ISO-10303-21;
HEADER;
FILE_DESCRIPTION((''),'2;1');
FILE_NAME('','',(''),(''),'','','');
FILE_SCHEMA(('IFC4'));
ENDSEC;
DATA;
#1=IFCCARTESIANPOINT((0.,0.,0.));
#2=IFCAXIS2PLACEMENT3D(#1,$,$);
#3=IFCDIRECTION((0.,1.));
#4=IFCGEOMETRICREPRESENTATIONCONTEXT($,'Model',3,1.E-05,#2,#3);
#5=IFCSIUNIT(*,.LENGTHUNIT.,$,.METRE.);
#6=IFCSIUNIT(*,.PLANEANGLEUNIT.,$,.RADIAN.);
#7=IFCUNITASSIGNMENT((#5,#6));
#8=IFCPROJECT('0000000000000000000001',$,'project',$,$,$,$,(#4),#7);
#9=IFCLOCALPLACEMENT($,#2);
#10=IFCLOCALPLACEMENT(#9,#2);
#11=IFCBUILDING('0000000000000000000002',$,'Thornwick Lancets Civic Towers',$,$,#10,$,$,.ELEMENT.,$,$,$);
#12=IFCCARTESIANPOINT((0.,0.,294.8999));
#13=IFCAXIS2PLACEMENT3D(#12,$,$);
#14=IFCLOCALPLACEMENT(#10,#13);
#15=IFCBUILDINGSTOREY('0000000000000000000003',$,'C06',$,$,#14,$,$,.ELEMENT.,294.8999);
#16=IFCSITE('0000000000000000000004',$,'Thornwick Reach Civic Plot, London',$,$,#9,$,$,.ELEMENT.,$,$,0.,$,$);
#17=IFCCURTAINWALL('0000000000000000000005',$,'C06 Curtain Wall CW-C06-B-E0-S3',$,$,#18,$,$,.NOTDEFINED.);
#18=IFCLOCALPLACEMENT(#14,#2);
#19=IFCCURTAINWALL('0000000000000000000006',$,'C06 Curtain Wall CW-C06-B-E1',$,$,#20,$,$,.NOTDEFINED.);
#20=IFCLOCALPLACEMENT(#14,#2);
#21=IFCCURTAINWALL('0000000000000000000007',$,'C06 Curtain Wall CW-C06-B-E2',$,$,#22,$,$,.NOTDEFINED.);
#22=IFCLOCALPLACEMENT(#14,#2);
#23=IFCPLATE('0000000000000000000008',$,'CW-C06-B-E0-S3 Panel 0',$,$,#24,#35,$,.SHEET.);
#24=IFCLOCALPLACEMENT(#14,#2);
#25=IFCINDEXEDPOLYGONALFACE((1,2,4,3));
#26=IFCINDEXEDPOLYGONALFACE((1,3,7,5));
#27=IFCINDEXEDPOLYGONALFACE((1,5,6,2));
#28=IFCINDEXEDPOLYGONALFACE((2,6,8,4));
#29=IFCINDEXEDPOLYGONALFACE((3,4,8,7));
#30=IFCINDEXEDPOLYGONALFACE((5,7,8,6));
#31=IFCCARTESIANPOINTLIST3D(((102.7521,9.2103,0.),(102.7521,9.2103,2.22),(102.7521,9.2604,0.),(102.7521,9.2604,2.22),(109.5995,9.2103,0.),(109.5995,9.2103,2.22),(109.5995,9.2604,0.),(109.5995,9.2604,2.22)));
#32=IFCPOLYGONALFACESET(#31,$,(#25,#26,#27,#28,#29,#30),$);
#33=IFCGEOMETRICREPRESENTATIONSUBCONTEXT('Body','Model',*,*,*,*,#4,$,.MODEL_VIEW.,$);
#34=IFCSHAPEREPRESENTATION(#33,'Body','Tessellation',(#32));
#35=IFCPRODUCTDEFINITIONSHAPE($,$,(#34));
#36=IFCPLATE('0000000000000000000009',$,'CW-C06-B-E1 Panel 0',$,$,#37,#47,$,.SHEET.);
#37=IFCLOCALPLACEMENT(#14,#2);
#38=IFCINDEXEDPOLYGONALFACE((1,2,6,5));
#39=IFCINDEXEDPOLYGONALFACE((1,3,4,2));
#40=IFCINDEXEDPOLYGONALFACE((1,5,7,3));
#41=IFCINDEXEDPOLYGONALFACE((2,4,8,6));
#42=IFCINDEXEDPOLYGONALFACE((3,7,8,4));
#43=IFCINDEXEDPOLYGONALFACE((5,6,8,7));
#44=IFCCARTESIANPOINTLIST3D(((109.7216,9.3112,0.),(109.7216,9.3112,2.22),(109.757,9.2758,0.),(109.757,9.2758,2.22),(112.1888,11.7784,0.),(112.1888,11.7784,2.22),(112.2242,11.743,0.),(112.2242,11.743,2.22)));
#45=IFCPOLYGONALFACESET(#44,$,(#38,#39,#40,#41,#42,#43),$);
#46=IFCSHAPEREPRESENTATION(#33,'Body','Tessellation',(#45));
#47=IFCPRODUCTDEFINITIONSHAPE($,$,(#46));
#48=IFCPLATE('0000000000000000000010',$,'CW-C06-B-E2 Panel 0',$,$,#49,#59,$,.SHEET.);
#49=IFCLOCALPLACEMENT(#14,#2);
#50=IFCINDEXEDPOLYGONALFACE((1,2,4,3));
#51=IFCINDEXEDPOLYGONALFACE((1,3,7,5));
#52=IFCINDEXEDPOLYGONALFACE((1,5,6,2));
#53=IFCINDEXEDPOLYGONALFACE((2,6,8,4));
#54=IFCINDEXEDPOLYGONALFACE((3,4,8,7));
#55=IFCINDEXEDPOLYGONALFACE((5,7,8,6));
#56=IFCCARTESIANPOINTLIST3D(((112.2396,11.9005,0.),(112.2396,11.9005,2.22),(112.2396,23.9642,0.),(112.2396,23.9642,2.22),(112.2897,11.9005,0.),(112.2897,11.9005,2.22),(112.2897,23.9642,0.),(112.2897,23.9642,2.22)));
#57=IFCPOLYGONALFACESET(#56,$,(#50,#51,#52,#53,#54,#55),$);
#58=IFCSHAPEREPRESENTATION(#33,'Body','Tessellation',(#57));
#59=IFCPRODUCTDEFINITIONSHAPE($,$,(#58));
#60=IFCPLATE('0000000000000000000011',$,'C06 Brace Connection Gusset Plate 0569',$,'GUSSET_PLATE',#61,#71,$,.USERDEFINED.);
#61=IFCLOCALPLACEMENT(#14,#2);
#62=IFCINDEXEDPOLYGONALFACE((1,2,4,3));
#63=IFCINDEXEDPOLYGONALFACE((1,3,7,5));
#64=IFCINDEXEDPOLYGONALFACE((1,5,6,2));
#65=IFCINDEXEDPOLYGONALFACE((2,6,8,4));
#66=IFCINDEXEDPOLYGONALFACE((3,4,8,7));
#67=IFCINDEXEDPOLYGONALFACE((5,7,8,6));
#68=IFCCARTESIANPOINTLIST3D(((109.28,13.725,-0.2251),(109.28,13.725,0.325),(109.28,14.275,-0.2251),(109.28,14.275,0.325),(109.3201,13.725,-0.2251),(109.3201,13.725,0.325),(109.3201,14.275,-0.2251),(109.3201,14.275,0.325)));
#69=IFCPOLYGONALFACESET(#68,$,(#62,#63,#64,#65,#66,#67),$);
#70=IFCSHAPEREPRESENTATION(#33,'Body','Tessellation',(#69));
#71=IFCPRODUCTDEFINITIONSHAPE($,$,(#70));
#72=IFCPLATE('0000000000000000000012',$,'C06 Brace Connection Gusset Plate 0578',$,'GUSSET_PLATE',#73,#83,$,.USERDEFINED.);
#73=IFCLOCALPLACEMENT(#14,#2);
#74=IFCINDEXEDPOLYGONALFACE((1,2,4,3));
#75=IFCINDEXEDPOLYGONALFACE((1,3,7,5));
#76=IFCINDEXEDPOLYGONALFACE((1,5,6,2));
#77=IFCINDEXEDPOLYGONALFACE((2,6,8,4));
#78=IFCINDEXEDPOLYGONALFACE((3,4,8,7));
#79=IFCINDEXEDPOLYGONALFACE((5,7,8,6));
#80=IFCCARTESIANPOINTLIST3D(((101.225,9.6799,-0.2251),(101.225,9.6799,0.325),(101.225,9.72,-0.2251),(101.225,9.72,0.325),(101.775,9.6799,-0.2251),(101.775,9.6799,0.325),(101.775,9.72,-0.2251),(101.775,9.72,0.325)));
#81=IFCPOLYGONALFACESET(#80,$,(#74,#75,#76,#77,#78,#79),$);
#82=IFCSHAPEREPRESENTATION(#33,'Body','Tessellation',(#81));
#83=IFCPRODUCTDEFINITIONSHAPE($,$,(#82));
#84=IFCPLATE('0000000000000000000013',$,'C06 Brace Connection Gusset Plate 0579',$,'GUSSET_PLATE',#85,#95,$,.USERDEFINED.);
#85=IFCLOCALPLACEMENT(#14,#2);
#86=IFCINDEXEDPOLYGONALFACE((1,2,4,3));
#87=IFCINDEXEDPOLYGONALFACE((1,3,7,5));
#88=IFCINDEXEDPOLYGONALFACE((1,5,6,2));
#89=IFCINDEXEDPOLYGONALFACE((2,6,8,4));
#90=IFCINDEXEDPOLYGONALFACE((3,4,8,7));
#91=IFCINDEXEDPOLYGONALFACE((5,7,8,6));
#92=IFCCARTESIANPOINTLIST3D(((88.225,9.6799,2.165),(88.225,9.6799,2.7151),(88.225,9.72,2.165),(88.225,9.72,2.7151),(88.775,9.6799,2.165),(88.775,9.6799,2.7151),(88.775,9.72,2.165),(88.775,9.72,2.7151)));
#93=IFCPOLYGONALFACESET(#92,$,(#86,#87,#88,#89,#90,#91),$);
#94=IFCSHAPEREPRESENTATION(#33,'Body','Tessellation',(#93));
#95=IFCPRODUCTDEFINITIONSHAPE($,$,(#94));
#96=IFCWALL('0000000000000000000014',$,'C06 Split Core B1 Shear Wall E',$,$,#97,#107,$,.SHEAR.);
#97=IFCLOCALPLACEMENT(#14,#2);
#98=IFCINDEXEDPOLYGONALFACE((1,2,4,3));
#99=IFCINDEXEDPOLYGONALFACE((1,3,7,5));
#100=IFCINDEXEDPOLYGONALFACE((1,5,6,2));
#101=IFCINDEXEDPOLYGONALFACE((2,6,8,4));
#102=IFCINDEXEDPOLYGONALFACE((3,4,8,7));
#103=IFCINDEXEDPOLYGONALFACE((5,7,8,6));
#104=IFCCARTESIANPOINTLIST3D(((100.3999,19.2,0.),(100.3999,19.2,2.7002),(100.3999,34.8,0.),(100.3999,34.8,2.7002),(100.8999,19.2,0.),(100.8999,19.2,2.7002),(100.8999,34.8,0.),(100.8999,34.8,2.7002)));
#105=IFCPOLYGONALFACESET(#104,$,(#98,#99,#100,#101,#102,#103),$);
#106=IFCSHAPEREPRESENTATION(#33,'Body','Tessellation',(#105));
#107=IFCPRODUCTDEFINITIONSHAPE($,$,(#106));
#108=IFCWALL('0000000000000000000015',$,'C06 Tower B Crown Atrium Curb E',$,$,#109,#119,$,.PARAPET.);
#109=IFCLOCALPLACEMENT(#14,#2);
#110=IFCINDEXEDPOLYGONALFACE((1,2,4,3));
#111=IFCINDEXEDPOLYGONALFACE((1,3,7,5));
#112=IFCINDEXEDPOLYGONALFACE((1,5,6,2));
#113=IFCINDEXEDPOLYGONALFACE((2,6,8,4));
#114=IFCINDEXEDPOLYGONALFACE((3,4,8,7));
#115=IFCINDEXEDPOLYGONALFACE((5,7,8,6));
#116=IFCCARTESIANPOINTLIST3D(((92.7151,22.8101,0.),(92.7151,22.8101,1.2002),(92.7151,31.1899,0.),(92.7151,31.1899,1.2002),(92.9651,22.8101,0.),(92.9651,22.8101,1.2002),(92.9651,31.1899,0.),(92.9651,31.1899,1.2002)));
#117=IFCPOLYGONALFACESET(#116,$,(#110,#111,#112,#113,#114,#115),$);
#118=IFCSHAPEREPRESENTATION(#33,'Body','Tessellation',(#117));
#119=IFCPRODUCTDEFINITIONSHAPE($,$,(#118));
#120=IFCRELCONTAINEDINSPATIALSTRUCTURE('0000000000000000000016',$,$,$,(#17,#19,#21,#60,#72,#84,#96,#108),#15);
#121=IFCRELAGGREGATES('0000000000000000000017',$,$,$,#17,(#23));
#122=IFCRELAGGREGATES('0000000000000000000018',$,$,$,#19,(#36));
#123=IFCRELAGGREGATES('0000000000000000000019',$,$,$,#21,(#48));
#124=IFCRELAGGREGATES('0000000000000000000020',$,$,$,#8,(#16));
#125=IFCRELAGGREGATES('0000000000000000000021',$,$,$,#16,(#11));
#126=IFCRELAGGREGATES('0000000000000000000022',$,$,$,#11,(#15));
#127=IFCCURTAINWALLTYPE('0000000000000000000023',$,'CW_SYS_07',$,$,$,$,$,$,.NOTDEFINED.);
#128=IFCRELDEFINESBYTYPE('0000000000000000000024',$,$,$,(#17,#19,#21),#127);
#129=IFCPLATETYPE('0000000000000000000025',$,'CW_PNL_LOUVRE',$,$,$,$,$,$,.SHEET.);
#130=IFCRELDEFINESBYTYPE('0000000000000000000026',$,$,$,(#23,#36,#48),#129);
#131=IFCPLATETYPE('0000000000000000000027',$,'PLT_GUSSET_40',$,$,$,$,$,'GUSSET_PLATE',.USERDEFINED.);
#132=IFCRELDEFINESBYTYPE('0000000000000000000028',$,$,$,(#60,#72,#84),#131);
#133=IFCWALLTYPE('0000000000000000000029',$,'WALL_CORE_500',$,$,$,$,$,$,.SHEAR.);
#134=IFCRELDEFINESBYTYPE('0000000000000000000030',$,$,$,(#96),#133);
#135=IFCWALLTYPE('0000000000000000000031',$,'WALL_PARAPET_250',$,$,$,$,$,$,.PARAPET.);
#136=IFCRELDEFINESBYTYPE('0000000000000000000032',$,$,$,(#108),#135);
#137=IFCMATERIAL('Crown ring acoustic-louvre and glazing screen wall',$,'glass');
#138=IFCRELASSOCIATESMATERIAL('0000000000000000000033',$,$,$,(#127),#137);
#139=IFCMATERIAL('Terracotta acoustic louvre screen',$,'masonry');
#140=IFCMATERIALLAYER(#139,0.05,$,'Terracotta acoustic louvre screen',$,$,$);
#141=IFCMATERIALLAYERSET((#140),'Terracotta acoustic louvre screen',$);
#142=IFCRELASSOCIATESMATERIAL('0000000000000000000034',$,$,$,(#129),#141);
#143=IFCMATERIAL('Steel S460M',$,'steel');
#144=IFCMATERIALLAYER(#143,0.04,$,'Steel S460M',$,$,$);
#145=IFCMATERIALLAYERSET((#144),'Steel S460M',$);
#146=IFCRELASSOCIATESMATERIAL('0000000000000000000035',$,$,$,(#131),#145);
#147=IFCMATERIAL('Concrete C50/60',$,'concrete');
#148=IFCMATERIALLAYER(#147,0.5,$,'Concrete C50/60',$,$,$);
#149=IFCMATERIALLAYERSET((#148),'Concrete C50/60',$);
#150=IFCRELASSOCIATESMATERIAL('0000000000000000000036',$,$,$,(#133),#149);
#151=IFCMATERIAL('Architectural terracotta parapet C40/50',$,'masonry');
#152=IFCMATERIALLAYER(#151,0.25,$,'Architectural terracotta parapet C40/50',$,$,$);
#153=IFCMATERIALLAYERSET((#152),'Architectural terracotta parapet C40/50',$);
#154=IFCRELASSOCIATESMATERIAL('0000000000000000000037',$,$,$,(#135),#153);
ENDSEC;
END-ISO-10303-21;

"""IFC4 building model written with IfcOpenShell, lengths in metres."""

from ifc_helpers import new_model, si_unit, direction, frame, frame_2d, origin, origin_2d, place, context, subcontext, project, spatial, rectangle, extrude, material, layer, layer_set, type_object, element, aggregate, save


model = new_model("IFC4")

# Units and contexts
model_context = context("Model", 3, precision=1e-05, world=origin(), true_north=direction((0.0, 1.0)))
body_context = subcontext(model_context, "Body", "Model", "MODEL_VIEW")
ifc_project = project(units=[si_unit("LENGTHUNIT", "METRE"), si_unit("PLANEANGLEUNIT", "RADIAN")], contexts=[model_context])

# Site, building, storey
site_placement = place(None, origin())
site = spatial("IfcSite", under=ifc_project, at=site_placement, Name="Thornwick Reach Civic Plot, London", CompositionType="ELEMENT", RefElevation=0.0)
building_placement = place(site_placement, origin())
building = spatial("IfcBuilding", under=site, at=building_placement, Name="Thornwick Lancets Civic Towers", CompositionType="ELEMENT")
storey_placement = place(building_placement, frame((0.0, 0.0, 294.8999)))
storey = spatial("IfcBuildingStorey", under=building, at=storey_placement, Name="C06", CompositionType="ELEMENT", Elevation=294.8999)

# Curtain walls
ifc_material_1 = material(Name="Crown ring acoustic-louvre and glazing screen wall", Category="glass")
curtain_wall_type = type_object("IfcCurtainWallType", Name="CW_SYS_07", PredefinedType="NOTDEFINED", material=ifc_material_1)
curtain_wall_1_placement = place(storey_placement, origin())
curtain_wall_1 = element("IfcCurtainWall", 1, at=curtain_wall_1_placement, inside=storey, type_object=curtain_wall_type, Name="C06 Curtain Wall CW-C06-B-E0-S3", PredefinedType="NOTDEFINED")
curtain_wall_2_placement = place(storey_placement, origin())
curtain_wall_2 = element("IfcCurtainWall", 2, at=curtain_wall_2_placement, inside=storey, type_object=curtain_wall_type, Name="C06 Curtain Wall CW-C06-B-E1", PredefinedType="NOTDEFINED")
curtain_wall_3_placement = place(storey_placement, origin())
curtain_wall_3 = element("IfcCurtainWall", 3, at=curtain_wall_3_placement, inside=storey, type_object=curtain_wall_type, Name="C06 Curtain Wall CW-C06-B-E2", PredefinedType="NOTDEFINED")

# Plates
ifc_material_2 = material(Name="Terracotta acoustic louvre screen", Category="masonry")
ifc_layer_1 = layer(ifc_material_2, 0.05, Name="Terracotta acoustic louvre screen")
ifc_layer_set_1 = layer_set([ifc_layer_1], Name="Terracotta acoustic louvre screen")
plate_type_1 = type_object("IfcPlateType", Name="CW_PNL_LOUVRE", PredefinedType="SHEET", material=ifc_layer_set_1)
plate_1_placement = place(storey_placement, frame((106.1758, 9.2354, 0.0), z_axis=(0.0, 0.0, 1.0), x_axis=(1.0, 0.0, 0.0)))
plate_1 = element("IfcPlate", 4, at=plate_1_placement, type_object=plate_type_1, Name="CW-C06-B-E0-S3 Panel 0", PredefinedType="SHEET", context=body_context, shape_type="SweptSolid", body=[
    extrude(rectangle(XDim=6.8474, YDim=0.05, at=origin_2d()), origin(), (0.0, 0.0, 1.0), 2.22),
])
aggregate(curtain_wall_1, [plate_1])
plate_2_placement = place(storey_placement, frame((110.9729, 10.5271, 0.0), z_axis=(0.0, 0.0, 1.0), x_axis=(0.707107, 0.707107, 0.0)))
plate_2 = element("IfcPlate", 5, at=plate_2_placement, type_object=plate_type_1, Name="CW-C06-B-E1 Panel 0", PredefinedType="SHEET", context=body_context, shape_type="SweptSolid", body=[
    extrude(rectangle(XDim=3.4893, YDim=0.05, at=origin_2d()), origin(), (0.0, 0.0, 1.0), 2.22),
])
aggregate(curtain_wall_2, [plate_2])
plate_3_placement = place(storey_placement, frame((112.2646, 17.9324, 0.0), z_axis=(0.0, 0.0, 1.0), x_axis=(0.0, 1.0, 0.0)))
plate_3 = element("IfcPlate", 6, at=plate_3_placement, type_object=plate_type_1, Name="CW-C06-B-E2 Panel 0", PredefinedType="SHEET", context=body_context, shape_type="SweptSolid", body=[
    extrude(rectangle(XDim=12.0637, YDim=0.05, at=origin_2d()), origin(), (0.0, 0.0, 1.0), 2.22),
])
aggregate(curtain_wall_3, [plate_3])

# Plates
ifc_material_3 = material(Name="Steel S460M", Category="steel")
ifc_layer_2 = layer(ifc_material_3, 0.04, Name="Steel S460M")
ifc_layer_set_2 = layer_set([ifc_layer_2], Name="Steel S460M")
plate_type_2 = type_object("IfcPlateType", Name="PLT_GUSSET_40", ElementType="GUSSET_PLATE", PredefinedType="USERDEFINED", material=ifc_layer_set_2)
for number, where, z_axis, x_axis, name in (
    (7, (109.3, 14.0, -0.2251), (0.0, 0.0, 1.0), (0.0, 1.0, 0.0), "C06 Brace Connection Gusset Plate 0569"),
    (8, (101.5, 9.7, -0.2251), (0.0, 0.0, 1.0), (-1.0, 0.0, 0.0), "C06 Brace Connection Gusset Plate 0578"),
    (9, (88.5, 9.7, 2.165), (0.0, 0.0, 1.0), (-1.0, 0.0, 0.0), "C06 Brace Connection Gusset Plate 0579"),
):
    element("IfcPlate", number, at=place(storey_placement, frame(where, z_axis=z_axis, x_axis=x_axis)), inside=storey, type_object=plate_type_2, Name=name, ObjectType="GUSSET_PLATE", PredefinedType="USERDEFINED", context=body_context, shape_type="SweptSolid", body=[
        extrude(rectangle(XDim=0.55, YDim=0.04, at=origin_2d()), origin(), (0.0, 0.0, 1.0), 0.55),
    ])

# Walls
ifc_material_4 = material(Name="Concrete C50/60", Category="concrete")
ifc_layer_3 = layer(ifc_material_4, 0.5, Name="Concrete C50/60")
ifc_layer_set_3 = layer_set([ifc_layer_3], Name="Concrete C50/60")
wall_type_1 = type_object("IfcWallType", Name="WALL_CORE_500", PredefinedType="SHEAR", material=ifc_layer_set_3)
wall_1_placement = place(storey_placement, frame((100.6499, 19.2, 0.0), z_axis=(0.0, 0.0, 1.0), x_axis=(0.0, 1.0, 0.0)))
element("IfcWall", 10, at=wall_1_placement, inside=storey, type_object=wall_type_1, Name="C06 Split Core B1 Shear Wall E", PredefinedType="SHEAR", context=body_context, shape_type="SweptSolid", body=[
    extrude(rectangle(XDim=15.6001, YDim=0.5, at=frame_2d((7.8, 0.0))), origin(), (0.0, 0.0, 1.0), 2.7002),
])
ifc_material_5 = material(Name="Architectural terracotta parapet C40/50", Category="masonry")
ifc_layer_4 = layer(ifc_material_5, 0.25, Name="Architectural terracotta parapet C40/50")
ifc_layer_set_4 = layer_set([ifc_layer_4], Name="Architectural terracotta parapet C40/50")
wall_type_2 = type_object("IfcWallType", Name="WALL_PARAPET_250", PredefinedType="PARAPET", material=ifc_layer_set_4)
wall_2_placement = place(storey_placement, frame((92.8401, 22.8101, 0.0), z_axis=(0.0, 0.0, 1.0), x_axis=(0.0, 1.0, 0.0)))
element("IfcWall", 11, at=wall_2_placement, inside=storey, type_object=wall_type_2, Name="C06 Tower B Crown Atrium Curb E", PredefinedType="PARAPET", context=body_context, shape_type="SweptSolid", body=[
    extrude(rectangle(XDim=8.3799, YDim=0.25, at=frame_2d((4.1899, 0.0))), origin(), (0.0, 0.0, 1.0), 1.2002),
])

save(model, "model.ifc")
